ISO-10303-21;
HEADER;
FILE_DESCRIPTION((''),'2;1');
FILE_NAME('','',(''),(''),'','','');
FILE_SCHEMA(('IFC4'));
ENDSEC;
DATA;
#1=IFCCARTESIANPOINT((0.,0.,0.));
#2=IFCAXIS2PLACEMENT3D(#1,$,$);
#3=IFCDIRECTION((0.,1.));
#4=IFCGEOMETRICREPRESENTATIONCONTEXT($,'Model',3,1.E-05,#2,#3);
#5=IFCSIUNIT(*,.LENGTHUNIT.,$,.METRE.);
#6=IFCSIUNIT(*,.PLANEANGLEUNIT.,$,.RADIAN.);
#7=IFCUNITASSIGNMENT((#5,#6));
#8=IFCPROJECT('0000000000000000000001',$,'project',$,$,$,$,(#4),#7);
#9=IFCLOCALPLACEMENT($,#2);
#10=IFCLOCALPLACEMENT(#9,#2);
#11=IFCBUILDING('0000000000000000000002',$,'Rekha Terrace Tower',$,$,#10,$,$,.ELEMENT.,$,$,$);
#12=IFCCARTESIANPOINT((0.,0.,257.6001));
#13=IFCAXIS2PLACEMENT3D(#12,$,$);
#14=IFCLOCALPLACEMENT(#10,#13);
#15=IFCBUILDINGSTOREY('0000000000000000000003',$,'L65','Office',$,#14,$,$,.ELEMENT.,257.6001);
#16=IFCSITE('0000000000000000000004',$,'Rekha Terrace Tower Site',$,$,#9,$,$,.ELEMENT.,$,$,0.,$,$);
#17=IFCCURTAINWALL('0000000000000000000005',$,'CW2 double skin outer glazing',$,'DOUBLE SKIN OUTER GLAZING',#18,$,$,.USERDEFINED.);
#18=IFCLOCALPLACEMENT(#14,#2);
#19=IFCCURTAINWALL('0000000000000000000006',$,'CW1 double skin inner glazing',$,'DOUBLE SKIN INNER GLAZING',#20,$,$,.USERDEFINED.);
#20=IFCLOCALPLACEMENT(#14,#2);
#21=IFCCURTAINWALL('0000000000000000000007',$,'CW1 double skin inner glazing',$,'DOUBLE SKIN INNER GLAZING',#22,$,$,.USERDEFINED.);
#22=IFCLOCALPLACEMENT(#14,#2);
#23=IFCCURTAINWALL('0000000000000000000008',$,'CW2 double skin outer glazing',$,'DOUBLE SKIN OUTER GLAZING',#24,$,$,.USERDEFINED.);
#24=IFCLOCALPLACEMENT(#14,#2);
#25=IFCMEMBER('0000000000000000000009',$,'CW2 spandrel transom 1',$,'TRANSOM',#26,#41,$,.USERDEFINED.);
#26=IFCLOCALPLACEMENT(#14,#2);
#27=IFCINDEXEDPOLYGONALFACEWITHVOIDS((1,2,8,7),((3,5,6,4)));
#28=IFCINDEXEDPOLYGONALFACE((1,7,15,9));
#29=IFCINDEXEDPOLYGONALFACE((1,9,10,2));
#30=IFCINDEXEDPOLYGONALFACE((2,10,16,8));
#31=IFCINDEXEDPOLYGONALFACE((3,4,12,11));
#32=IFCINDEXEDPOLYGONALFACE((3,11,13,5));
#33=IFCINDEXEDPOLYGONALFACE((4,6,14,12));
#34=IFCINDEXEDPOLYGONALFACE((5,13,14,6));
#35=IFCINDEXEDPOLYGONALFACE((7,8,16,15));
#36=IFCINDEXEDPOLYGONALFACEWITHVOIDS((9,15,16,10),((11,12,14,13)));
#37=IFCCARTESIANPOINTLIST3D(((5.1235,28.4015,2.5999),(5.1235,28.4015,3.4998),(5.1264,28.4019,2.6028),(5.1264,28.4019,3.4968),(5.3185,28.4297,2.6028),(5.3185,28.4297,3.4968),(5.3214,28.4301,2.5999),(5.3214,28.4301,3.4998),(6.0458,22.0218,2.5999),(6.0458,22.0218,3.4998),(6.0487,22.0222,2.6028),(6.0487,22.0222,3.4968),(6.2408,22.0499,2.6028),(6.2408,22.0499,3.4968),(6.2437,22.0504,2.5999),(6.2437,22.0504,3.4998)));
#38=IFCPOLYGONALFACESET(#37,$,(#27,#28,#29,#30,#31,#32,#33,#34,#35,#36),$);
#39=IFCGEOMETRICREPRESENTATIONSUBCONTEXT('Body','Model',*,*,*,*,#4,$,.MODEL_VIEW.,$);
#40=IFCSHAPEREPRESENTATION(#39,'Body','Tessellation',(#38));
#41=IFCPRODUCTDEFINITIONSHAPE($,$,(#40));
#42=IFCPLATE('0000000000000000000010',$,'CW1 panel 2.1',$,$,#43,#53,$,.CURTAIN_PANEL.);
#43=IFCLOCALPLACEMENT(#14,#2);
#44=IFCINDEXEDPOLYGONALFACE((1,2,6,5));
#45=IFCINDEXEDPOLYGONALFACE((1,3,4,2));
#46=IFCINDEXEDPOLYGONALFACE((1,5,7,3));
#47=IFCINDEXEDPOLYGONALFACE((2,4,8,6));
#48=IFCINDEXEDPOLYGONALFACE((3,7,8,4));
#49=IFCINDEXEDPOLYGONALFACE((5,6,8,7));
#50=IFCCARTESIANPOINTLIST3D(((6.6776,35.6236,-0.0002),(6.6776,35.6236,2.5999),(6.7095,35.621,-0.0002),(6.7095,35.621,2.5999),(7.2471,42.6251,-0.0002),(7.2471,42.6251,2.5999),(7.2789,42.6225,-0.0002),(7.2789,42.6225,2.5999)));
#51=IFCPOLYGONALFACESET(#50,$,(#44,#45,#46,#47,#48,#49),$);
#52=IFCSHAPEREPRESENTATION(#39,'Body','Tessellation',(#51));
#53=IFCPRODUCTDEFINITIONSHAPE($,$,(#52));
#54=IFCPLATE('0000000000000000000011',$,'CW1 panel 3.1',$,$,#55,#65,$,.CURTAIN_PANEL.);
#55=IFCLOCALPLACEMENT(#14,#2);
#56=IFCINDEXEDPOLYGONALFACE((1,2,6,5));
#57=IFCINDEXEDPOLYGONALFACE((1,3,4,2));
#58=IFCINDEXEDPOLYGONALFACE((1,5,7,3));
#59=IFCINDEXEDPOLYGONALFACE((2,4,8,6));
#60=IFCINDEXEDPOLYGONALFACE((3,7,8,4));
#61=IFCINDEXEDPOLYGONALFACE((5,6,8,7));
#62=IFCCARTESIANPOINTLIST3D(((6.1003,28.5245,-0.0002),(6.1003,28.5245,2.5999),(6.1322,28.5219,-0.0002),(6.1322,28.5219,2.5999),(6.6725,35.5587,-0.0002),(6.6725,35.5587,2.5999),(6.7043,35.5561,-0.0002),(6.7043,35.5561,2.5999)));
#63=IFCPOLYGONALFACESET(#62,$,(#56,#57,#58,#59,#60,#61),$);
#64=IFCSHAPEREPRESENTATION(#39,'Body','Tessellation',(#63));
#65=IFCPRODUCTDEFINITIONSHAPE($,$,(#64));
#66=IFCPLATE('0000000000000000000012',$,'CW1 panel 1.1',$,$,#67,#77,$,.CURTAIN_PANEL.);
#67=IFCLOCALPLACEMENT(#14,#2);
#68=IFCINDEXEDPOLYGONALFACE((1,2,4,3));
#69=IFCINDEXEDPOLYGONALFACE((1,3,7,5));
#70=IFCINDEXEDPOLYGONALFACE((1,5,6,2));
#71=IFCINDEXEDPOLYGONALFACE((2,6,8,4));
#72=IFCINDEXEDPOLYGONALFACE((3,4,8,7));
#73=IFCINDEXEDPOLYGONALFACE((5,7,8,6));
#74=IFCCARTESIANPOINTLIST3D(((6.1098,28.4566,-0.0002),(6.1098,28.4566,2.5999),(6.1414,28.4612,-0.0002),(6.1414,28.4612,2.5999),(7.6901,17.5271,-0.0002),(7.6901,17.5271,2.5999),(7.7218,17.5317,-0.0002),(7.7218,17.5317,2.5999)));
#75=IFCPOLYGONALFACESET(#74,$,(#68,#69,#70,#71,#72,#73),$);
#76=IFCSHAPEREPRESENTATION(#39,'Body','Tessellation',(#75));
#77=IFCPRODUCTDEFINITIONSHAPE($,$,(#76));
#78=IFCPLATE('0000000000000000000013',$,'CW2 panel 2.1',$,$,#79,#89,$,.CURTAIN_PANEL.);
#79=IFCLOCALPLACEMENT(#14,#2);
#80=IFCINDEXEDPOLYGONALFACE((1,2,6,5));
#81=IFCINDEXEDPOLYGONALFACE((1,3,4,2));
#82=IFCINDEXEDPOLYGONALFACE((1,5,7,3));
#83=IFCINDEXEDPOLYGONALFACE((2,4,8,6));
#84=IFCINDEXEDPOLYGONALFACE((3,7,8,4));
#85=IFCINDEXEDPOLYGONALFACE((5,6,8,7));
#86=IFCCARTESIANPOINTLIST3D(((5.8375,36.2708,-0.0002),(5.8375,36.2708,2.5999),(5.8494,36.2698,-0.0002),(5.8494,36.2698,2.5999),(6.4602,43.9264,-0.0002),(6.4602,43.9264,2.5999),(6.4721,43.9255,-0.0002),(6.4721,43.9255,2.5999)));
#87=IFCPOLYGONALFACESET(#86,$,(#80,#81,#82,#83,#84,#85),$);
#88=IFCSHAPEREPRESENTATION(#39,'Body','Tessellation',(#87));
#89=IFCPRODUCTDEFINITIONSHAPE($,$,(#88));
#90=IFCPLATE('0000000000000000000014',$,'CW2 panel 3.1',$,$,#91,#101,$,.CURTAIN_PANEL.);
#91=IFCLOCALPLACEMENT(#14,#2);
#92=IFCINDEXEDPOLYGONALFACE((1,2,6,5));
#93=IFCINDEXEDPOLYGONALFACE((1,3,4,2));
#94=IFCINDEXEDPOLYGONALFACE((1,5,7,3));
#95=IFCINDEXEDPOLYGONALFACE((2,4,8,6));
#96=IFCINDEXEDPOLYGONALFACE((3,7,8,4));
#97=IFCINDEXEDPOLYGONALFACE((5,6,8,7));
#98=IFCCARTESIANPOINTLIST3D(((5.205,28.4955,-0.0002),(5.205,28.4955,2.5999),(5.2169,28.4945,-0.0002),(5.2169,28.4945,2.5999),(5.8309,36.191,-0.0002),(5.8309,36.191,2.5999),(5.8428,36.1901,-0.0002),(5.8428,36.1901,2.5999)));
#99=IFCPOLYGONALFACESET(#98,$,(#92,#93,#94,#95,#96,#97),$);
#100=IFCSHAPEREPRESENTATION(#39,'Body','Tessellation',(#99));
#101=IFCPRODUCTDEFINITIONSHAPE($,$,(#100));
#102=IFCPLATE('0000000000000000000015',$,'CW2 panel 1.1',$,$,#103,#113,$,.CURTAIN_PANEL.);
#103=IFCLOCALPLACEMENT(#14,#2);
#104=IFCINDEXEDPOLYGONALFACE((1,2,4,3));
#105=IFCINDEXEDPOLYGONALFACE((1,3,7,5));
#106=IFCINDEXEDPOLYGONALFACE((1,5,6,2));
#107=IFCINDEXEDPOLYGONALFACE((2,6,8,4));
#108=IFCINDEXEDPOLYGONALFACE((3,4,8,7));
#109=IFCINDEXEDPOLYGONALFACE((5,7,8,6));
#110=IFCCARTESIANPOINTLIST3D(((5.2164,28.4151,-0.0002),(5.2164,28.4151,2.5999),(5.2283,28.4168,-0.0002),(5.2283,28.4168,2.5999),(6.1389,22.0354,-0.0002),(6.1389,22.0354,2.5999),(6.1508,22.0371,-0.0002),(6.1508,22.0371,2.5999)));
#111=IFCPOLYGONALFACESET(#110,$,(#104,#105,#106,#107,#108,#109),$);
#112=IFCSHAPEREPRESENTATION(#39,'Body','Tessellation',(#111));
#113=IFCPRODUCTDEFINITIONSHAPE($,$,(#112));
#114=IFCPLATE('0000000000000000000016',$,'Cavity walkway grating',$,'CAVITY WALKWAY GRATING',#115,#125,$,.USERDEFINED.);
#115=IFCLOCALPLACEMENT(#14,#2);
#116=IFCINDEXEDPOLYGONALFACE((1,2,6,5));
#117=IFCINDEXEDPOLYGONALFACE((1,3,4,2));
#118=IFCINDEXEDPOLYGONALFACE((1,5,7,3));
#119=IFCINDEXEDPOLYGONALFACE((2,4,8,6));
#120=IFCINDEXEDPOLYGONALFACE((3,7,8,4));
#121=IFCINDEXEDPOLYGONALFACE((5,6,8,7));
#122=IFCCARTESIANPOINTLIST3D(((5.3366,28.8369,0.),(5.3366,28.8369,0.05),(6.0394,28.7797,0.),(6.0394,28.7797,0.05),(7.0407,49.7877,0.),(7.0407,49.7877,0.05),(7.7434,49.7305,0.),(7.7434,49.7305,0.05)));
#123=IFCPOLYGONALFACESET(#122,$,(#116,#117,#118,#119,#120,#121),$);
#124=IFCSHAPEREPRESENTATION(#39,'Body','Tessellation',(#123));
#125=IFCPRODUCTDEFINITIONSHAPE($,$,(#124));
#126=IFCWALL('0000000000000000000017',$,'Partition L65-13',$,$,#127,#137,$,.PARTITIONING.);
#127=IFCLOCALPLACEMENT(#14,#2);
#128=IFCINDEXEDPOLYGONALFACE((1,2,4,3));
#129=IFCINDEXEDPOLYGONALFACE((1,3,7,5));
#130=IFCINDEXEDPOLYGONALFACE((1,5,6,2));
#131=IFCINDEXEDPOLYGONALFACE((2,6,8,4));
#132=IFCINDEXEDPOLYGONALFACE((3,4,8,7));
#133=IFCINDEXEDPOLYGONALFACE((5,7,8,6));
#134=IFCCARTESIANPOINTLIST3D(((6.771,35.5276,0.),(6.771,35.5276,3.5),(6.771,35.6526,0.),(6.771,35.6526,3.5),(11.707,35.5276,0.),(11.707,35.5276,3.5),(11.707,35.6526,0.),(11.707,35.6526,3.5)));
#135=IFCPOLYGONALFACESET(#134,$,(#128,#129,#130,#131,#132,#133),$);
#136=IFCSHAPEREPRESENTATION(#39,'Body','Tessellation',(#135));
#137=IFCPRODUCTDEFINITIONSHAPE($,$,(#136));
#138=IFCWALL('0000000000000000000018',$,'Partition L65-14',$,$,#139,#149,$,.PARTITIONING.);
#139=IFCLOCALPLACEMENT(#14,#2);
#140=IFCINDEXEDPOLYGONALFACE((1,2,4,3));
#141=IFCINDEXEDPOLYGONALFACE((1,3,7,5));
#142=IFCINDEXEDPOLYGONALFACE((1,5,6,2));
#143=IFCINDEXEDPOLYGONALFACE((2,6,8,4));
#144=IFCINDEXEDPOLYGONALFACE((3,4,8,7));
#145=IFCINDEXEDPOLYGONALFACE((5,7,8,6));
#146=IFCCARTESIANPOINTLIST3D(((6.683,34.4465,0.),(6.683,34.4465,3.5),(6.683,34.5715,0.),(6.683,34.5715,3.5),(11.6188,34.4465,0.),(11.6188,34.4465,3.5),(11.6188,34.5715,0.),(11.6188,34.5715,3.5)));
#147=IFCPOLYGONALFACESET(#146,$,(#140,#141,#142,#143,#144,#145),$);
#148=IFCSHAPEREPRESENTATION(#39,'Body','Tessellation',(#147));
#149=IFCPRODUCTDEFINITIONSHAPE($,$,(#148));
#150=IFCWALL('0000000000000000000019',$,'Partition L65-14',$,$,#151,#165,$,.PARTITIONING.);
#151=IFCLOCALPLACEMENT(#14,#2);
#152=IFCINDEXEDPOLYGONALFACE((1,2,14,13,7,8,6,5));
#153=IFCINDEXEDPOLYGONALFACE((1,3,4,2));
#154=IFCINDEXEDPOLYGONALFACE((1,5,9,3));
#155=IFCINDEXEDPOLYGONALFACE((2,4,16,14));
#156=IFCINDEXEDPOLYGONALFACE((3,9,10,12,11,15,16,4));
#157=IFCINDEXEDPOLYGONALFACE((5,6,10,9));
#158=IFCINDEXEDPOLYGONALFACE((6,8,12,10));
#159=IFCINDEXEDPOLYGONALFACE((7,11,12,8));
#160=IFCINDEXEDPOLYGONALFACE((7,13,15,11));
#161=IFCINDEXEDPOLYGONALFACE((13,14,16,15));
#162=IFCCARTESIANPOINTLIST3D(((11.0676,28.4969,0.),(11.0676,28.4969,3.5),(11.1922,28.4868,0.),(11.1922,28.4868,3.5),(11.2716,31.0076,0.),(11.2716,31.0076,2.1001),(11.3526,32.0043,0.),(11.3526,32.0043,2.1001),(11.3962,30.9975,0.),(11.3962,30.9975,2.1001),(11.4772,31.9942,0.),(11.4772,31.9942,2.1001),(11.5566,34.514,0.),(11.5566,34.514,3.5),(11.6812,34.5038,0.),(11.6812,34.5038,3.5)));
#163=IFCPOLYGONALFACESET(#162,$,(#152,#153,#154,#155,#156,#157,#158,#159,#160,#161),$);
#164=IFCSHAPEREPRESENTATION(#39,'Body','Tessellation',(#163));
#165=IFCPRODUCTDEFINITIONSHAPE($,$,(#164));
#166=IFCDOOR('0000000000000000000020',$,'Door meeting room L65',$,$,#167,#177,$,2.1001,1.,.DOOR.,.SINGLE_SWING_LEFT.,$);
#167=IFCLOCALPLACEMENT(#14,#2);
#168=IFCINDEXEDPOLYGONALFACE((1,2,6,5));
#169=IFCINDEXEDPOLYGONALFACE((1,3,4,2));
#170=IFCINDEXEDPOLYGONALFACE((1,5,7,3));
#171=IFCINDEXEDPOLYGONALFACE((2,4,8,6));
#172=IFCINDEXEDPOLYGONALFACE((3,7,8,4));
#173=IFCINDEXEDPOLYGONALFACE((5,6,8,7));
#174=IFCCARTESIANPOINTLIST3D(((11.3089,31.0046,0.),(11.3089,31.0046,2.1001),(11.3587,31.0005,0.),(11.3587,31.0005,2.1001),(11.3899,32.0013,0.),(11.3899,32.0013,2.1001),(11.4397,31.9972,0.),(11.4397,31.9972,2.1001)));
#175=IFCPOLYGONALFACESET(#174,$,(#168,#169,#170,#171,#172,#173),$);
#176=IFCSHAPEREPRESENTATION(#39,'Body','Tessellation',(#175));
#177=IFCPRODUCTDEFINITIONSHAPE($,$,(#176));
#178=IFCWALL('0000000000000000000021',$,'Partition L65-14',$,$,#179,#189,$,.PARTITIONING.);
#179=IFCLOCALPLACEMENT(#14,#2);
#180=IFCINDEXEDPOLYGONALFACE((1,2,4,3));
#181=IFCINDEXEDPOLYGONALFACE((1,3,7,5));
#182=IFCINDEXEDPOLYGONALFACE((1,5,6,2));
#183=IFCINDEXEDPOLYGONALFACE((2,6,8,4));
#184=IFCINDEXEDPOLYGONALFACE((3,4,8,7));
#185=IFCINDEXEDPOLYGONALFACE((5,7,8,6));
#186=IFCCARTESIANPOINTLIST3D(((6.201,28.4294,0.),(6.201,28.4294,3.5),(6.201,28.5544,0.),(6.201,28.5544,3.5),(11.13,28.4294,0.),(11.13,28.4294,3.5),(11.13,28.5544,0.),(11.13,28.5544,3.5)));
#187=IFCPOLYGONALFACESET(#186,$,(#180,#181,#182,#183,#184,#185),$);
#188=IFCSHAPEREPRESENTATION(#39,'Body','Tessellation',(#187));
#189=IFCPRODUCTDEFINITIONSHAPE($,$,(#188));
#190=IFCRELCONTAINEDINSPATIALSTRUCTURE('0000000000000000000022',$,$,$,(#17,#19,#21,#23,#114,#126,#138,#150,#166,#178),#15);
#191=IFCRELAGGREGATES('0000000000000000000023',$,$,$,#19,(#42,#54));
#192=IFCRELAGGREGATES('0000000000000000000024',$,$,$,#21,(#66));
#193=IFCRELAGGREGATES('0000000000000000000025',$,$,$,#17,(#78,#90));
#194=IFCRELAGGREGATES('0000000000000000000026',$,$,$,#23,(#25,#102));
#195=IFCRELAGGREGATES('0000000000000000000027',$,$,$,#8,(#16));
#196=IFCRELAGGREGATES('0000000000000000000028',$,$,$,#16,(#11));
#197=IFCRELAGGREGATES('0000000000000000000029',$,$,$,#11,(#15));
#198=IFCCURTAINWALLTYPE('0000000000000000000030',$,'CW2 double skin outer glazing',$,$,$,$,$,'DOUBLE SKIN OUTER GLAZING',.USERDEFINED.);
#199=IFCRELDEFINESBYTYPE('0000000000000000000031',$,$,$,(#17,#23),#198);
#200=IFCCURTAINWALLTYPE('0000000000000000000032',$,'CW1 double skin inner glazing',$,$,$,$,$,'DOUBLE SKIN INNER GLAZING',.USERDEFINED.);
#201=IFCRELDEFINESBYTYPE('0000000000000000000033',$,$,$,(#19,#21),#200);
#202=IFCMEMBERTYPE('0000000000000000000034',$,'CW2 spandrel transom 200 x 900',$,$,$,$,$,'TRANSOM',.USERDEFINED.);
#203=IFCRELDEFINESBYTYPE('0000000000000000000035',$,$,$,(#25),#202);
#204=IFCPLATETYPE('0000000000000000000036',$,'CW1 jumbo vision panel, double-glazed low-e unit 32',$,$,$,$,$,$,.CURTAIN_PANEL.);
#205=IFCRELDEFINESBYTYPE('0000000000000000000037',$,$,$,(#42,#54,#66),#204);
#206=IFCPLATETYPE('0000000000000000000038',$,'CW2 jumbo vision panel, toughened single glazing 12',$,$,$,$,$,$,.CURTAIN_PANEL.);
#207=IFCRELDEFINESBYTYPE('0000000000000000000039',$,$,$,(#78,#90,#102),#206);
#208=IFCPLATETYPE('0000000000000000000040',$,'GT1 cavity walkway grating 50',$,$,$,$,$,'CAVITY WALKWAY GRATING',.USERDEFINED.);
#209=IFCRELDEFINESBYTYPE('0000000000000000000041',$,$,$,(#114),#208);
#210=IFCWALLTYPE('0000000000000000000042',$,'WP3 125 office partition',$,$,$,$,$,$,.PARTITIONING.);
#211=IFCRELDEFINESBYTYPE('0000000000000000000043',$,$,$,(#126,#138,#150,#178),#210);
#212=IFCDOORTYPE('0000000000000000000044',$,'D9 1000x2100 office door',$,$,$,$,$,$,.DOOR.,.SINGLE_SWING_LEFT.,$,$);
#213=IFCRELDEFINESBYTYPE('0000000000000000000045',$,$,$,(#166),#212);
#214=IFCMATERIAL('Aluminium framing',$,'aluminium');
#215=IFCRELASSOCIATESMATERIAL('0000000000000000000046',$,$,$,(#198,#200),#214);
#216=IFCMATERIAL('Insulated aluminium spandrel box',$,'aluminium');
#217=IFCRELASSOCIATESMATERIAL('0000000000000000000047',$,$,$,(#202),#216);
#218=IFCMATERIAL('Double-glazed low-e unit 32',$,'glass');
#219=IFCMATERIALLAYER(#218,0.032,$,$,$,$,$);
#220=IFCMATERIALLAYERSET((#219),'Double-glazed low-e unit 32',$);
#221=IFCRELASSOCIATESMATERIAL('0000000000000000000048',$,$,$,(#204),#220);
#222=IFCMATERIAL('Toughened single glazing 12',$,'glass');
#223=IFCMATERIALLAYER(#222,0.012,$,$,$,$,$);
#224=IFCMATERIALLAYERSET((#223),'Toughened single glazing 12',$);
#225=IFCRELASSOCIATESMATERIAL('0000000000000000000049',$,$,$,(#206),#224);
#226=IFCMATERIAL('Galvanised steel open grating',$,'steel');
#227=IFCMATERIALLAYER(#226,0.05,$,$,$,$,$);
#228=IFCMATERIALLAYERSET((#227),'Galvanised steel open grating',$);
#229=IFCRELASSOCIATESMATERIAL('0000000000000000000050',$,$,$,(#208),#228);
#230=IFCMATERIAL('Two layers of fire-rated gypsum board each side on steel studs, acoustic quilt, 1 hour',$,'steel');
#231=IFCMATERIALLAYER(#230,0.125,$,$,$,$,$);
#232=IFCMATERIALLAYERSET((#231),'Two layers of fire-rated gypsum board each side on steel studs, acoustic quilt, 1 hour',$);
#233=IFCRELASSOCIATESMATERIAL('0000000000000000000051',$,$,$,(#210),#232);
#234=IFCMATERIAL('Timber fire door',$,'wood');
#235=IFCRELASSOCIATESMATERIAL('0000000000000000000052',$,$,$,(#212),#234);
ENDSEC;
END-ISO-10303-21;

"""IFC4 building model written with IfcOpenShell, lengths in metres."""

from ifc_helpers import new_model, si_unit, direction, frame, frame_2d, origin, origin_2d, place, context, subcontext, project, spatial, rectangle, hollow_rectangle, extrude, material, layer, layer_set, material_profile, profile_set, type_object, element, fill, aggregate, save


model = new_model("IFC4")

# Units and contexts
model_context = context("Model", 3, precision=1e-05, world=origin(), true_north=direction((0.0, 1.0)))
body_context = subcontext(model_context, "Body", "Model", "MODEL_VIEW")
ifc_project = project(units=[si_unit("LENGTHUNIT", "METRE"), si_unit("PLANEANGLEUNIT", "RADIAN")], contexts=[model_context])

# Site, building, storey
site_placement = place(None, origin())
site = spatial("IfcSite", under=ifc_project, at=site_placement, Name="Rekha Terrace Tower Site", CompositionType="ELEMENT", RefElevation=0.0)
building_placement = place(site_placement, origin())
building = spatial("IfcBuilding", under=site, at=building_placement, Name="Rekha Terrace Tower", CompositionType="ELEMENT")
storey_placement = place(building_placement, frame((0.0, 0.0, 257.6001)))
storey = spatial("IfcBuildingStorey", under=building, at=storey_placement, Name="L65", Description="Office", CompositionType="ELEMENT", Elevation=257.6001)

# Curtain walls
ifc_material_1 = material(Name="Aluminium framing", Category="aluminium")
curtain_wall_type_1 = type_object("IfcCurtainWallType", Name="CW2 double skin outer glazing", ElementType="DOUBLE SKIN OUTER GLAZING", PredefinedType="USERDEFINED", material=ifc_material_1)
curtain_wall_1_placement = place(storey_placement, origin())
curtain_wall_1 = element("IfcCurtainWall", 1, at=curtain_wall_1_placement, inside=storey, type_object=curtain_wall_type_1, Name="CW2 double skin outer glazing", ObjectType="DOUBLE SKIN OUTER GLAZING", PredefinedType="USERDEFINED")
curtain_wall_type_2 = type_object("IfcCurtainWallType", Name="CW1 double skin inner glazing", ElementType="DOUBLE SKIN INNER GLAZING", PredefinedType="USERDEFINED", material=ifc_material_1)
curtain_wall_2_placement = place(storey_placement, origin())
curtain_wall_2 = element("IfcCurtainWall", 2, at=curtain_wall_2_placement, inside=storey, type_object=curtain_wall_type_2, Name="CW1 double skin inner glazing", ObjectType="DOUBLE SKIN INNER GLAZING", PredefinedType="USERDEFINED")
curtain_wall_3_placement = place(storey_placement, origin())
curtain_wall_3 = element("IfcCurtainWall", 3, at=curtain_wall_3_placement, inside=storey, type_object=curtain_wall_type_2, Name="CW1 double skin inner glazing", ObjectType="DOUBLE SKIN INNER GLAZING", PredefinedType="USERDEFINED")

# Shared definitions
ifc_material_2 = material(Name="Insulated aluminium spandrel box", Category="aluminium")

# Curtain wall
curtain_wall_4_placement = place(storey_placement, origin())
curtain_wall_4 = element("IfcCurtainWall", 4, at=curtain_wall_4_placement, inside=storey, type_object=curtain_wall_type_1, Name="CW2 double skin outer glazing", ObjectType="DOUBLE SKIN OUTER GLAZING", PredefinedType="USERDEFINED")

# Member
ifc_material_profile_1 = material_profile(ifc_material_2, hollow_rectangle(XDim=0.2, YDim=0.8999, WallThickness=0.0029, at=origin_2d()), Name="AL SPANDREL BOX 200x900")
ifc_profile_set_1 = profile_set([ifc_material_profile_1], Name="Insulated aluminium spandrel box")
member_type_1 = type_object("IfcMemberType", Name="CW2 spandrel transom 200 x 900", ElementType="TRANSOM", PredefinedType="USERDEFINED", material=ifc_profile_set_1)
member_1_placement = place(storey_placement, frame((5.2224, 28.4158, 3.0498), z_axis=(0.143091, -0.989709, 0.0), x_axis=(0.989709, 0.143091, 0.0)))
member_1 = element("IfcMember", 5, at=member_1_placement, type_object=member_type_1, Name="CW2 spandrel transom 1", ObjectType="TRANSOM", PredefinedType="USERDEFINED", context=body_context, shape_type="SweptSolid", body=[
    extrude(hollow_rectangle(XDim=0.2, YDim=0.8999, WallThickness=0.0029, at=origin_2d()), origin(), (0.0, 0.0, 1.0), 6.446),
])

# Plates
ifc_material_3 = material(Name="Double-glazed low-e unit 32", Category="glass")
ifc_layer_1 = layer(ifc_material_3, 0.032)
ifc_layer_set_1 = layer_set([ifc_layer_1], Name="Double-glazed low-e unit 32")
plate_type_1 = type_object("IfcPlateType", Name="CW1 jumbo vision panel, double-glazed low-e unit 32", PredefinedType="CURTAIN_PANEL", material=ifc_layer_set_1)
plate_1_placement = place(storey_placement, frame((6.9783, 39.123, -0.0002), z_axis=(0.0, 0.0, 1.0), x_axis=(-0.081068, -0.996709, 0.0)))
plate_1 = element("IfcPlate", 6, at=plate_1_placement, type_object=plate_type_1, Name="CW1 panel 2.1", PredefinedType="CURTAIN_PANEL", context=body_context, shape_type="SweptSolid", body=[
    extrude(rectangle(XDim=7.0247, YDim=0.032, at=origin_2d()), origin(), (0.0, 0.0, 1.0), 2.6001),
])
plate_2_placement = place(storey_placement, frame((6.4023, 32.0403, -0.0002), z_axis=(0.0, 0.0, 1.0), x_axis=(-0.081068, -0.996709, 0.0)))
plate_2 = element("IfcPlate", 7, at=plate_2_placement, type_object=plate_type_1, Name="CW1 panel 3.1", PredefinedType="CURTAIN_PANEL", context=body_context, shape_type="SweptSolid", body=[
    extrude(rectangle(XDim=7.0574, YDim=0.032, at=origin_2d()), origin(), (0.0, 0.0, 1.0), 2.6001),
])
aggregate(curtain_wall_2, [plate_1, plate_2])
plate_3_placement = place(storey_placement, frame((6.9158, 22.9941, -0.0002), z_axis=(0.0, 0.0, 1.0), x_axis=(0.143108, -0.989707, 0.0)))
plate_3 = element("IfcPlate", 8, at=plate_3_placement, type_object=plate_type_1, Name="CW1 panel 1.1", PredefinedType="CURTAIN_PANEL", context=body_context, shape_type="SweptSolid", body=[
    extrude(rectangle(XDim=11.0432, YDim=0.032, at=origin_2d()), origin(), (0.0, 0.0, 1.0), 2.6001),
])
aggregate(curtain_wall_3, [plate_3])
ifc_material_4 = material(Name="Toughened single glazing 12", Category="glass")
ifc_layer_2 = layer(ifc_material_4, 0.012)
ifc_layer_set_2 = layer_set([ifc_layer_2], Name="Toughened single glazing 12")
plate_type_2 = type_object("IfcPlateType", Name="CW2 jumbo vision panel, toughened single glazing 12", PredefinedType="CURTAIN_PANEL", material=ifc_layer_set_2)
plate_4_placement = place(storey_placement, frame((6.1548, 40.0981, -0.0002), z_axis=(0.0, 0.0, 1.0), x_axis=(-0.081068, -0.996709, 0.0)))
plate_4 = element("IfcPlate", 9, at=plate_4_placement, type_object=plate_type_2, Name="CW2 panel 2.1", PredefinedType="CURTAIN_PANEL", context=body_context, shape_type="SweptSolid", body=[
    extrude(rectangle(XDim=7.6809, YDim=0.012, at=origin_2d()), origin(), (0.0, 0.0, 1.0), 2.6001),
])
plate_5_placement = place(storey_placement, frame((5.5239, 32.3428, -0.0002), z_axis=(0.0, 0.0, 1.0), x_axis=(-0.081068, -0.996709, 0.0)))
plate_5 = element("IfcPlate", 10, at=plate_5_placement, type_object=plate_type_2, Name="CW2 panel 3.1", PredefinedType="CURTAIN_PANEL", context=body_context, shape_type="SweptSolid", body=[
    extrude(rectangle(XDim=7.7209, YDim=0.012, at=origin_2d()), origin(), (0.0, 0.0, 1.0), 2.6001),
])
aggregate(curtain_wall_1, [plate_4, plate_5])
plate_6_placement = place(storey_placement, frame((5.6836, 25.2261, -0.0002), z_axis=(0.0, 0.0, 1.0), x_axis=(0.143108, -0.989707, 0.0)))
plate_6 = element("IfcPlate", 11, at=plate_6_placement, type_object=plate_type_2, Name="CW2 panel 1.1", PredefinedType="CURTAIN_PANEL", context=body_context, shape_type="SweptSolid", body=[
    extrude(rectangle(XDim=6.446, YDim=0.012, at=origin_2d()), origin(), (0.0, 0.0, 1.0), 2.6001),
])
aggregate(curtain_wall_4, [member_1, plate_6])
ifc_material_5 = material(Name="Galvanised steel open grating", Category="steel")
ifc_layer_3 = layer(ifc_material_5, 0.05)
ifc_layer_set_3 = layer_set([ifc_layer_3], Name="Galvanised steel open grating")
plate_type_3 = type_object("IfcPlateType", Name="GT1 cavity walkway grating 50", ElementType="CAVITY WALKWAY GRATING", PredefinedType="USERDEFINED", material=ifc_layer_set_3)
plate_7_placement = place(storey_placement, frame((6.54, 39.2837, 0.0), z_axis=(0.0, 0.0, 1.0), x_axis=(-0.081068, -0.996709, 0.0)))
element("IfcPlate", 12, at=plate_7_placement, inside=storey, type_object=plate_type_3, Name="Cavity walkway grating", ObjectType="CAVITY WALKWAY GRATING", PredefinedType="USERDEFINED", context=body_context, shape_type="SweptSolid", body=[
    extrude(rectangle(XDim=21.02, YDim=0.7051, at=origin_2d()), origin(), (0.0, 0.0, 1.0), 0.05),
])

# Walls
ifc_material_6 = material(Name="Two layers of fire-rated gypsum board each side on steel studs, acoustic quilt, 1 hour", Category="steel")
ifc_layer_4 = layer(ifc_material_6, 0.125)
ifc_layer_set_4 = layer_set([ifc_layer_4], Name="Two layers of fire-rated gypsum board each side on steel studs, acoustic quilt, 1 hour")
wall_type = type_object("IfcWallType", Name="WP3 125 office partition", PredefinedType="PARTITIONING", material=ifc_layer_set_4)
wall_1_placement = place(storey_placement, frame((11.707, 35.5901, 0.0), z_axis=(0.0, 0.0, 1.0), x_axis=(-1.0, 0.0, 0.0)))
element("IfcWall", 13, at=wall_1_placement, inside=storey, type_object=wall_type, Name="Partition L65-13", PredefinedType="PARTITIONING", context=body_context, shape_type="SweptSolid", body=[
    extrude(rectangle(XDim=4.936, YDim=0.125, at=frame_2d((2.468, 0.0))), origin(), (0.0, 0.0, 1.0), 3.5),
])
wall_2_placement = place(storey_placement, frame((6.6831, 34.509, 0.0), z_axis=(0.0, 0.0, 1.0), x_axis=(1.0, 0.0, 0.0)))
element("IfcWall", 14, at=wall_2_placement, inside=storey, type_object=wall_type, Name="Partition L65-14", PredefinedType="PARTITIONING", context=body_context, shape_type="SweptSolid", body=[
    extrude(rectangle(XDim=4.9358, YDim=0.125, at=frame_2d((2.4678, 0.0))), origin(), (0.0, 0.0, 1.0), 3.5),
])

# Wall, opening, door
wall_3_placement = place(storey_placement, frame((11.6189, 34.509, 0.0), z_axis=(0.0, 0.0, 1.0), x_axis=(-0.081004, -0.996714, 0.0)))
wall_3 = element("IfcWall", 15, at=wall_3_placement, inside=storey, type_object=wall_type, Name="Partition L65-14", PredefinedType="PARTITIONING", context=body_context, shape_type="SweptSolid", body=[
    extrude(rectangle(XDim=6.0369, YDim=0.125, at=frame_2d((3.0186, 0.0))), origin(), (0.0, 0.0, 1.0), 3.5),
])
opening_1_placement = place(wall_3_placement, frame((2.5181, 0.0, 0.0)))
opening_1 = element("IfcOpeningElement", 16, at=opening_1_placement, cuts=wall_3, PredefinedType="OPENING", context=body_context, shape_type="SweptSolid", body=[
    extrude(rectangle(XDim=1.0, YDim=2.1001, at=frame_2d((0.5, 1.05))), frame((0.0, 0.0725, 0.0), z_axis=(0.0, -1.0, 0.0), x_axis=(1.0, 0.0, 0.0)), (0.0, 0.0, 1.0), 0.145),
])
ifc_material_7 = material(Name="Timber fire door", Category="wood")
door_type = type_object("IfcDoorType", Name="D9 1000x2100 office door", OperationType="SINGLE_SWING_LEFT", PredefinedType="DOOR", material=ifc_material_7)
door_1_placement = place(opening_1_placement, origin())
door_1 = element("IfcDoor", 17, at=door_1_placement, inside=storey, type_object=door_type, Name="Door meeting room L65", OperationType="SINGLE_SWING_LEFT", OverallHeight=2.1001, OverallWidth=1.0, PredefinedType="DOOR", context=body_context, shape_type="SweptSolid", body=[
    extrude(rectangle(XDim=1.0, YDim=2.1001, at=frame_2d((0.5, 1.05))), frame((0.0, 0.0249, 0.0), z_axis=(0.0, -1.0, 0.0), x_axis=(1.0, 0.0, 0.0)), (0.0, 0.0, 1.0), 0.05),
])
fill(opening_1, door_1)

# Wall
wall_4_placement = place(storey_placement, frame((11.1299, 28.4919, 0.0), z_axis=(0.0, 0.0, 1.0), x_axis=(-1.0, 0.0, 0.0)))
element("IfcWall", 18, at=wall_4_placement, inside=storey, type_object=wall_type, Name="Partition L65-14", PredefinedType="PARTITIONING", context=body_context, shape_type="SweptSolid", body=[
    extrude(rectangle(XDim=4.929, YDim=0.125, at=frame_2d((2.4644, 0.0))), origin(), (0.0, 0.0, 1.0), 3.5),
])

save(model, "model.ifc")
